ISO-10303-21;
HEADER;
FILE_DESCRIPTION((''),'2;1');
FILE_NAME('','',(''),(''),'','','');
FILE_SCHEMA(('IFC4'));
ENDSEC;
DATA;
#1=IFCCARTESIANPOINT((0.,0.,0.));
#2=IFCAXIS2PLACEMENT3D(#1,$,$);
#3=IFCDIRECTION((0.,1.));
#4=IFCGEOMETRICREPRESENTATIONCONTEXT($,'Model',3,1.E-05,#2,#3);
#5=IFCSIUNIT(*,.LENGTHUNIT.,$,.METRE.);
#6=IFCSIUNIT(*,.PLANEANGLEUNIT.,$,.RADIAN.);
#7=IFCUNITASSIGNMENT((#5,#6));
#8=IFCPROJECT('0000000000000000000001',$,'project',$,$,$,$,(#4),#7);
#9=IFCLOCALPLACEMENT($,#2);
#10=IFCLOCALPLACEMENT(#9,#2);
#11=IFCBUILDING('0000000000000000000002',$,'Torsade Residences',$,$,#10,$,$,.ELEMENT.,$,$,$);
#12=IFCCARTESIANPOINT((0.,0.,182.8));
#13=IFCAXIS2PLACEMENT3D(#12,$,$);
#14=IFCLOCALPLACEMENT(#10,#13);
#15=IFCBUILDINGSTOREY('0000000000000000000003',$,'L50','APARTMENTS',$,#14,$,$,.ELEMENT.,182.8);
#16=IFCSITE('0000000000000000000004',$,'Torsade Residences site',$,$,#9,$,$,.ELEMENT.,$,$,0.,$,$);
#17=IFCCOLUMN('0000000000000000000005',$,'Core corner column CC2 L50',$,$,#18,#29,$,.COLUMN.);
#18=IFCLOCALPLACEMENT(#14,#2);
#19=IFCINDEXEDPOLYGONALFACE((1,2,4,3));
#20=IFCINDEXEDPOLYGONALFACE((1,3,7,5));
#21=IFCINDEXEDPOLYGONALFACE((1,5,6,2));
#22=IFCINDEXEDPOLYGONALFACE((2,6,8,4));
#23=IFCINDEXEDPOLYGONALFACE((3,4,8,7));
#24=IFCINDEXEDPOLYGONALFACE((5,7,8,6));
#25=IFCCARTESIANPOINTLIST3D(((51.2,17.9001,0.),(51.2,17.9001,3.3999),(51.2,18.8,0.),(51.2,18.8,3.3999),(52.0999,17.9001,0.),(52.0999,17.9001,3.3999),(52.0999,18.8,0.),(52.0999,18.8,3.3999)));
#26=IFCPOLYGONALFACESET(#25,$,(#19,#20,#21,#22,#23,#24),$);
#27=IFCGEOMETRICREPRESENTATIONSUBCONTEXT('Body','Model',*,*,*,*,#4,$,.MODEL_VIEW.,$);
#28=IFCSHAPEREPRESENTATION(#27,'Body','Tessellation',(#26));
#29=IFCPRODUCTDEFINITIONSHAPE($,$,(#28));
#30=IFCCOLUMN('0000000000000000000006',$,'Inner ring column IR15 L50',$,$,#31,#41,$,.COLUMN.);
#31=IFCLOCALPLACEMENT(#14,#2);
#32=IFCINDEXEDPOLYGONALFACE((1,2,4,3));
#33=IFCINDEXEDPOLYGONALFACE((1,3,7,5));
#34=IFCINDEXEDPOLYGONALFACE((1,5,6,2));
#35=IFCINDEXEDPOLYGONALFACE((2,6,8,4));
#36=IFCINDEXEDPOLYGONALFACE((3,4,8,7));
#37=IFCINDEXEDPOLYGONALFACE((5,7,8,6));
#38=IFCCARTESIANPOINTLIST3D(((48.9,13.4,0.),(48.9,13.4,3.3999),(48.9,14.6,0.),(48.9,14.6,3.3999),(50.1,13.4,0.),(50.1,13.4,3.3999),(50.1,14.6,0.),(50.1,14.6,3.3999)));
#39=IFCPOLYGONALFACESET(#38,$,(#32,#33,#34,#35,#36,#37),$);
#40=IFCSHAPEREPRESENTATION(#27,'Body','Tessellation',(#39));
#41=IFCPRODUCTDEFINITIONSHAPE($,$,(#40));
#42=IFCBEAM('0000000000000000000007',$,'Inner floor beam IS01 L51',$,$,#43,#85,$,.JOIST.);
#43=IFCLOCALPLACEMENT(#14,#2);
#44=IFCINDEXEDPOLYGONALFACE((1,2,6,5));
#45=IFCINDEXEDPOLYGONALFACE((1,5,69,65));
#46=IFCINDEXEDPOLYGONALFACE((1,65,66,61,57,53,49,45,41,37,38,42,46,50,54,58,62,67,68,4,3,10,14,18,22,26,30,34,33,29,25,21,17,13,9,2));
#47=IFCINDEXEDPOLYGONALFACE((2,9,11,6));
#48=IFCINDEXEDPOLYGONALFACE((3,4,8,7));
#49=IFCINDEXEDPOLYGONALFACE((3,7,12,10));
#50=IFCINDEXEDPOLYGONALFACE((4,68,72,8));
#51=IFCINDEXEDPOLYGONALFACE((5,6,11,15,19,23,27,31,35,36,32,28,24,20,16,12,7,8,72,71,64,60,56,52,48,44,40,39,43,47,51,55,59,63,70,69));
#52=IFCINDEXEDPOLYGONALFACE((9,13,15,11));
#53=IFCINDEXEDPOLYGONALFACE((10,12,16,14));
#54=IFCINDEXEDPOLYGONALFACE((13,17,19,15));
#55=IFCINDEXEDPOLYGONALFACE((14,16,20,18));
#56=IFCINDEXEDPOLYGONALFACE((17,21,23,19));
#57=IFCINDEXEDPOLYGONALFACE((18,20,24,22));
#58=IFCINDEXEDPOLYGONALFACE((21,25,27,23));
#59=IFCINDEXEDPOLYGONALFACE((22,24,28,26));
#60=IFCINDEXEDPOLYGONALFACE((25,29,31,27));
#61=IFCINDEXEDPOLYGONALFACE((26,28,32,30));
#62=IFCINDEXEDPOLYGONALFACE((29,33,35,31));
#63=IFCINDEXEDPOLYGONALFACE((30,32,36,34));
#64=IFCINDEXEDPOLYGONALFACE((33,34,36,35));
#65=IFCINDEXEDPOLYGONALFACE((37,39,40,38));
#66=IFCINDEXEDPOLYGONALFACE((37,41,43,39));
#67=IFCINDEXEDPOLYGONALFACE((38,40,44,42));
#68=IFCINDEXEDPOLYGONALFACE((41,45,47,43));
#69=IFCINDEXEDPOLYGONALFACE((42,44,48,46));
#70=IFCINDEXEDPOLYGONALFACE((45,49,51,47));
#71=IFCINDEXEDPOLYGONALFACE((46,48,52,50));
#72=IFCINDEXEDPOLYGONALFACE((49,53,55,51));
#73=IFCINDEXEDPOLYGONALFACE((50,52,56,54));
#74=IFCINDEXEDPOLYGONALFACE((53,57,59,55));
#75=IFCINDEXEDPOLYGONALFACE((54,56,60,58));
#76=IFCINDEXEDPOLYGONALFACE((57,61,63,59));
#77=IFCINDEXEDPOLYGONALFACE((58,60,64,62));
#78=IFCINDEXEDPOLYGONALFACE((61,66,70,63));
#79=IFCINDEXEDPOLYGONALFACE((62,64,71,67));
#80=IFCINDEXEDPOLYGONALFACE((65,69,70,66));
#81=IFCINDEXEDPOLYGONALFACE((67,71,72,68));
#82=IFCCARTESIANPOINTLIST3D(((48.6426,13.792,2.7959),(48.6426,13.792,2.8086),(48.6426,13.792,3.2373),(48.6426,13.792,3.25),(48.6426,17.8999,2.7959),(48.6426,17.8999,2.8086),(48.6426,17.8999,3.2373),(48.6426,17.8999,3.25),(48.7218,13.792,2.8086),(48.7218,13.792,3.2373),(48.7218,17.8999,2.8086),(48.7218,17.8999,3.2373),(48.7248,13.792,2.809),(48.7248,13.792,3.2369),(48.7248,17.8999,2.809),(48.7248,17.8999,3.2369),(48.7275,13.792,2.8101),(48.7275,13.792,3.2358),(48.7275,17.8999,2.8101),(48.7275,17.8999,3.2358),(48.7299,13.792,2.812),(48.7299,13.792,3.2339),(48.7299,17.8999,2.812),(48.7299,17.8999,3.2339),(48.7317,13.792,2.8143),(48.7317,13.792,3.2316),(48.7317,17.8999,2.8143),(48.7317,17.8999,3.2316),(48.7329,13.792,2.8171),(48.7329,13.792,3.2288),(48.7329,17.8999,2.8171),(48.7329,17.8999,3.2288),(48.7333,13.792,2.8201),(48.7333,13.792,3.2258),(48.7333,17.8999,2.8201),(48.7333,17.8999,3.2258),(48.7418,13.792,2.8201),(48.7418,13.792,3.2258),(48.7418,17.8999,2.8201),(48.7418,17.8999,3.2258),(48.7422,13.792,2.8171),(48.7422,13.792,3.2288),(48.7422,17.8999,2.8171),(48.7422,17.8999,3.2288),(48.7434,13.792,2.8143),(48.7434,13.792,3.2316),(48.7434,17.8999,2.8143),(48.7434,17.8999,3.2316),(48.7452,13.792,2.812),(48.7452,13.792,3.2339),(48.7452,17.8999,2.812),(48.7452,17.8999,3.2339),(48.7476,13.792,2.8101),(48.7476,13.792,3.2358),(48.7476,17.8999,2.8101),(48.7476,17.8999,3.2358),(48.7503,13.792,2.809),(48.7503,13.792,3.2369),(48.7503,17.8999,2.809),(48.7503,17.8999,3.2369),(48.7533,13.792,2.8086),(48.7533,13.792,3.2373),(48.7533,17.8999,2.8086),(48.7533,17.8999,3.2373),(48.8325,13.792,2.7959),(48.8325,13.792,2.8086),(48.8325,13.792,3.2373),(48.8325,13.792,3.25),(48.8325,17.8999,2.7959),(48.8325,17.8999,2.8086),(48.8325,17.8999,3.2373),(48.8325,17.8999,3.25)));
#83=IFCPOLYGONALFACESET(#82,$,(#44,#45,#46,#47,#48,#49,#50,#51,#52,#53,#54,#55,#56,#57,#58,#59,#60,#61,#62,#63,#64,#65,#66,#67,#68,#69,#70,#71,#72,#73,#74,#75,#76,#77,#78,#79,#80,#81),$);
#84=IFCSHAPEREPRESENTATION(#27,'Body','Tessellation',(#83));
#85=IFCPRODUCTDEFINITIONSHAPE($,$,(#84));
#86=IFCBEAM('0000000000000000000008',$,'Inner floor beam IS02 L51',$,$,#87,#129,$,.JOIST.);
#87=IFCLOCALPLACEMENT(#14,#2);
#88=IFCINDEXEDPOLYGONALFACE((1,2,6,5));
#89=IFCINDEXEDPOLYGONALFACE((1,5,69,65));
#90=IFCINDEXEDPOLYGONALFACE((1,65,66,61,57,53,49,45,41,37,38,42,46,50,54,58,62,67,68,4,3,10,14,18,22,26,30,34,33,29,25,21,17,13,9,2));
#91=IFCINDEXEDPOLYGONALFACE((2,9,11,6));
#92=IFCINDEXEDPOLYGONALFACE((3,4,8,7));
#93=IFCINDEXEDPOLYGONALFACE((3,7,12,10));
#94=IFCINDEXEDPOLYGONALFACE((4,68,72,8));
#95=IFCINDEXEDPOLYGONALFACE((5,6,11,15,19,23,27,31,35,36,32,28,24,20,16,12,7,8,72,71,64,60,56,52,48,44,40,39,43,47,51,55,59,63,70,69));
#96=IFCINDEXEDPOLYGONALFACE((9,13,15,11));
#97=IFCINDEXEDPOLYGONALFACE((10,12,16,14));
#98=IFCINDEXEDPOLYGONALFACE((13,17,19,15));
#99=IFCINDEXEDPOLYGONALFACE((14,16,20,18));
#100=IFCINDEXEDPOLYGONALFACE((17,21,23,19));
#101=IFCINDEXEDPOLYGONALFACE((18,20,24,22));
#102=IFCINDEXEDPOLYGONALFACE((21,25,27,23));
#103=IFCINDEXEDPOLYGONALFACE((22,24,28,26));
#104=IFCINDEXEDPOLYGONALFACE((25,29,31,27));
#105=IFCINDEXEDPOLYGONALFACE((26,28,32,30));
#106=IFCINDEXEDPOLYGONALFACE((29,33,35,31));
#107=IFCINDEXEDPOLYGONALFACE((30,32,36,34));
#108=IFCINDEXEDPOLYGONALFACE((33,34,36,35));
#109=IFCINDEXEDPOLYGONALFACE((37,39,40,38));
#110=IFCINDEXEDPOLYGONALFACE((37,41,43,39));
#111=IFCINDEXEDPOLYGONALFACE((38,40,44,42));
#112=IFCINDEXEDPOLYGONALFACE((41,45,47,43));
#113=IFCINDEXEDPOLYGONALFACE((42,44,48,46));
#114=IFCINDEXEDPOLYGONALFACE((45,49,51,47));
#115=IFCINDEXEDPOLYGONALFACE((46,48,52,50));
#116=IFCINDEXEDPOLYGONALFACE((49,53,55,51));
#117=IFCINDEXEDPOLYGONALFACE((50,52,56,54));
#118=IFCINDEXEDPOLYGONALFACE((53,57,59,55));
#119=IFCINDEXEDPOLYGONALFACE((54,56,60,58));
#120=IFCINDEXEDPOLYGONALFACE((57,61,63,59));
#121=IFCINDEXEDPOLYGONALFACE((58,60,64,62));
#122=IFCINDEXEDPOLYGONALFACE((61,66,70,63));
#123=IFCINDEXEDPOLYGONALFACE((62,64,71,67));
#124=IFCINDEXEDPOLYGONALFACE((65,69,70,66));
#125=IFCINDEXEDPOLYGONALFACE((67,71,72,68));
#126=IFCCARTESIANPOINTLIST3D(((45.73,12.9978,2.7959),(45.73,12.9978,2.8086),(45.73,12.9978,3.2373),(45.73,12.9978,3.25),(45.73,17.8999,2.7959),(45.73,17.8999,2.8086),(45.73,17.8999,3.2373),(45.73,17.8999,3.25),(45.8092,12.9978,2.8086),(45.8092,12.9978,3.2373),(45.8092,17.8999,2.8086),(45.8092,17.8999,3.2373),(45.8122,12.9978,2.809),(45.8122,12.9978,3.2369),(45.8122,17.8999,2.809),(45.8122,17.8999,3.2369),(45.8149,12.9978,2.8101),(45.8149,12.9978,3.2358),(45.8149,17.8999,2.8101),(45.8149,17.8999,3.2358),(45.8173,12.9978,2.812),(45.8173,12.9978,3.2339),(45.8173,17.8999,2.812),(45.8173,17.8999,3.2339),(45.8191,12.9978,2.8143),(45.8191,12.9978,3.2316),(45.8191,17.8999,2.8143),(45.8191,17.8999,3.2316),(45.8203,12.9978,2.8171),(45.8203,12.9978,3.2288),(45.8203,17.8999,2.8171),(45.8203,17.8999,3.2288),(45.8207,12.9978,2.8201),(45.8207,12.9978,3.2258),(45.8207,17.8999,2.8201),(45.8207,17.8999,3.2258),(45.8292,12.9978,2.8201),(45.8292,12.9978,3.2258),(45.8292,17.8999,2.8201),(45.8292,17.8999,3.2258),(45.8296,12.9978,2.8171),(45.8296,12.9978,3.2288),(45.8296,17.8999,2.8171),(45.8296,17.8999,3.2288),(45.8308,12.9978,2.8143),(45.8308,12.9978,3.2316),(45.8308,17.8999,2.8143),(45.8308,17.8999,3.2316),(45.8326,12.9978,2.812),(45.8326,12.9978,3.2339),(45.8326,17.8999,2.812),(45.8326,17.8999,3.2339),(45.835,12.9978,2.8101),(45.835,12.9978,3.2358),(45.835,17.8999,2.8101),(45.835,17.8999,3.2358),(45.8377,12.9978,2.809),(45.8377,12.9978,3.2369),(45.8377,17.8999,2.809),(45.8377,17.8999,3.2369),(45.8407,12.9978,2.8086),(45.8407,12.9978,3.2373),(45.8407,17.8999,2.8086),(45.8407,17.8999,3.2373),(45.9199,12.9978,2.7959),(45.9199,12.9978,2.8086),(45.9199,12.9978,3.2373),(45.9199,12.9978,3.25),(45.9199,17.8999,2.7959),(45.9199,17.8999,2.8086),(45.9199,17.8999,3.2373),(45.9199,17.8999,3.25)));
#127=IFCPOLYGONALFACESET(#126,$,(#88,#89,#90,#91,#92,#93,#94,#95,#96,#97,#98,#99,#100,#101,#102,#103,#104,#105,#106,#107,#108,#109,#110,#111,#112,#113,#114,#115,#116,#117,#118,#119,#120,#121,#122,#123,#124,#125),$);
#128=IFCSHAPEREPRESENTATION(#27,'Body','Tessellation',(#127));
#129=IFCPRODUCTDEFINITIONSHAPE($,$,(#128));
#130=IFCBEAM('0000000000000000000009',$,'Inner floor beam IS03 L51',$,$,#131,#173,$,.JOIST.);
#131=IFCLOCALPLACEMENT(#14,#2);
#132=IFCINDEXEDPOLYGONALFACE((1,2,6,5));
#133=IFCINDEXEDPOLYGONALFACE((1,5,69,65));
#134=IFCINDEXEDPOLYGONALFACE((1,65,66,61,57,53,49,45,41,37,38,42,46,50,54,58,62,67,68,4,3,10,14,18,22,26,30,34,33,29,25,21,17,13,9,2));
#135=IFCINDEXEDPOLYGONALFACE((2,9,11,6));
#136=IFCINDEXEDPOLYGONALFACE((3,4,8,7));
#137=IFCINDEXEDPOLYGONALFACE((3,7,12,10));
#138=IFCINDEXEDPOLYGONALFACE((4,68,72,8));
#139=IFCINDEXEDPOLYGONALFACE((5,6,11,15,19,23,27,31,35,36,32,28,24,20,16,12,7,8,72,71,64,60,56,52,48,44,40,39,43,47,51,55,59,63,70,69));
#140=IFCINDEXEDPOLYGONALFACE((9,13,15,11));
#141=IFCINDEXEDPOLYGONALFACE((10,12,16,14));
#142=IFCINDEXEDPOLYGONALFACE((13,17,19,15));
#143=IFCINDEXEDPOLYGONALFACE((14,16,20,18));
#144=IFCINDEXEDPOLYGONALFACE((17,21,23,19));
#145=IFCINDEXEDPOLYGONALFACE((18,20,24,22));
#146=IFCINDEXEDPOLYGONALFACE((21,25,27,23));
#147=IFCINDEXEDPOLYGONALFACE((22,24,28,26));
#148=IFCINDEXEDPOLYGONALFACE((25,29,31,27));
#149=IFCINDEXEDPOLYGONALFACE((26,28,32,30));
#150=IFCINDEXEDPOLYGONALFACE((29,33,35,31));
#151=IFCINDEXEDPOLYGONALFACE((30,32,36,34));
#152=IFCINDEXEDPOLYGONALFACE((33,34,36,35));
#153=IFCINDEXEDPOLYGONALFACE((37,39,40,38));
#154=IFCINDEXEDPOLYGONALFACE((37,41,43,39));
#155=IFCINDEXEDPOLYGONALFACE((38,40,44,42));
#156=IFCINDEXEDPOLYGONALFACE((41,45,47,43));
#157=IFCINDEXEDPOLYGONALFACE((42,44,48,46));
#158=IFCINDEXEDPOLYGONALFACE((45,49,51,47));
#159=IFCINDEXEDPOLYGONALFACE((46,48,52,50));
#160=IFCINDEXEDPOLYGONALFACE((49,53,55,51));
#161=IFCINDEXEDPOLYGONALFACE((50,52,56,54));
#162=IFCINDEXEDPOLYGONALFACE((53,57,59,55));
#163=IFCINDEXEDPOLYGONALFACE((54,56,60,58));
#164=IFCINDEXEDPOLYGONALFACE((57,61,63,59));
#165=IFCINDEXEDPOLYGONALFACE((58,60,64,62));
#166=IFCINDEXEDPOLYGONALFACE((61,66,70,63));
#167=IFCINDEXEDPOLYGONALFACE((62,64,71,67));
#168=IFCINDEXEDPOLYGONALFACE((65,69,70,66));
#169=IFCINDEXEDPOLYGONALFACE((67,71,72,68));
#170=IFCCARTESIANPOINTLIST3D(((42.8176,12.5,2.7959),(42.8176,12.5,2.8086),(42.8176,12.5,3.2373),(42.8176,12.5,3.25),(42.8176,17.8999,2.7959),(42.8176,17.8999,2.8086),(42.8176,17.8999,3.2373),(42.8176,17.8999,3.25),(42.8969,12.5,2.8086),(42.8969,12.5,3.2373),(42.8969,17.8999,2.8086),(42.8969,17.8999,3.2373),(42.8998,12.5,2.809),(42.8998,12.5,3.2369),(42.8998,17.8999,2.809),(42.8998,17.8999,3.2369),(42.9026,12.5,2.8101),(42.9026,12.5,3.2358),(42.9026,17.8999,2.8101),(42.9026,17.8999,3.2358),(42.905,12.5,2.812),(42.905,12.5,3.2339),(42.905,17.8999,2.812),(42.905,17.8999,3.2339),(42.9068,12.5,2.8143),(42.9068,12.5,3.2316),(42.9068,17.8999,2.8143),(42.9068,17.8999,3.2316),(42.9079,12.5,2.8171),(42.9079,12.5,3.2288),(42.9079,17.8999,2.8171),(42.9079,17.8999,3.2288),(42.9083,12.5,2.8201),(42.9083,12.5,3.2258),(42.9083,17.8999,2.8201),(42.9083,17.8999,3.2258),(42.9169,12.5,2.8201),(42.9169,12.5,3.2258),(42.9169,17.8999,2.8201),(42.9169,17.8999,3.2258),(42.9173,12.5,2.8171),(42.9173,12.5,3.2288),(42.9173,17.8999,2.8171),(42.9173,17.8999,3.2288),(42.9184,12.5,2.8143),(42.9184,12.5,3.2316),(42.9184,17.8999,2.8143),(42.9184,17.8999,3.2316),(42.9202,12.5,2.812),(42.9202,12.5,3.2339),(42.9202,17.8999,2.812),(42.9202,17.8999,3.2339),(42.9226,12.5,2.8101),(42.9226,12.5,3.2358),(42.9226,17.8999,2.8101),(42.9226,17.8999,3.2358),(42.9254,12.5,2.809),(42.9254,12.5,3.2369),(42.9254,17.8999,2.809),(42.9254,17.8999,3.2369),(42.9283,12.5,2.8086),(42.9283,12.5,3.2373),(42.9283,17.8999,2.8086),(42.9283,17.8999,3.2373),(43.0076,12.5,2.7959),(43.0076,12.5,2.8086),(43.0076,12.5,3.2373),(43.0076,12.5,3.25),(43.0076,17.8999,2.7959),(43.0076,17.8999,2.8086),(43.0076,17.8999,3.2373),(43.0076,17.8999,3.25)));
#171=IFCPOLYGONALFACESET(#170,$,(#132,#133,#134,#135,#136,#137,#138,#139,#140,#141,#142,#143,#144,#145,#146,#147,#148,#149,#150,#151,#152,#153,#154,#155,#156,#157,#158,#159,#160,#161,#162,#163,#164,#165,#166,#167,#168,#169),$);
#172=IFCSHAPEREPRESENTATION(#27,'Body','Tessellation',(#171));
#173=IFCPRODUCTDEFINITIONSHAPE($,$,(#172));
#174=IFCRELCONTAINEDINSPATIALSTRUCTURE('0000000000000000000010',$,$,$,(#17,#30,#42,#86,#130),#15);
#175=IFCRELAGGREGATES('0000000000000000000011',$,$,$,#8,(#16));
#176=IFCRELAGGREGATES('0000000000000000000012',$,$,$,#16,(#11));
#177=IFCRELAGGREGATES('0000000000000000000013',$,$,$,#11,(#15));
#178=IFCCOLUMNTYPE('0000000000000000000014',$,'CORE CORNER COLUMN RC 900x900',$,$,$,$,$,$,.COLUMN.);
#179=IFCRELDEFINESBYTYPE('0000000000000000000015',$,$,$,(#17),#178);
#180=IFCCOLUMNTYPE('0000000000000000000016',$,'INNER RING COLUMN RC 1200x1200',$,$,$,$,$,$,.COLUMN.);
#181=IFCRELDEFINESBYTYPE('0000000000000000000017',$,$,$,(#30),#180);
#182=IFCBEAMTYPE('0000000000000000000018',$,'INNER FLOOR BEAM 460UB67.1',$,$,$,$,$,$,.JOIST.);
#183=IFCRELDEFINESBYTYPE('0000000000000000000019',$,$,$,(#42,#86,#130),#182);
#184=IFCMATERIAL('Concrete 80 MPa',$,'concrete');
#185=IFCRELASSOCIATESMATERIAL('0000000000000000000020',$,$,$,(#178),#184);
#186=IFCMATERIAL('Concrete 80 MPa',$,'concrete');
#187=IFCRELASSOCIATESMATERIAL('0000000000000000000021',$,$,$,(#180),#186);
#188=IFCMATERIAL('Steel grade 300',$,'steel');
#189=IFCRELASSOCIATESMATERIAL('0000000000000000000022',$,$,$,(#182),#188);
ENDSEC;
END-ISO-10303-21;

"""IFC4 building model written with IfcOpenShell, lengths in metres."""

from ifc_helpers import new_model, si_unit, direction, frame, origin, origin_2d, place, context, subcontext, project, spatial, rectangle, i_section, extrude, material, material_profile, profile_set, type_object, element, save


model = new_model("IFC4")

# Units and contexts
model_context = context("Model", 3, precision=1e-05, world=origin(), true_north=direction((0.0, 1.0)))
body_context = subcontext(model_context, "Body", "Model", "MODEL_VIEW")
ifc_project = project(units=[si_unit("LENGTHUNIT", "METRE"), si_unit("PLANEANGLEUNIT", "RADIAN")], contexts=[model_context])

# Site, building, storey
site_placement = place(None, origin())
site = spatial("IfcSite", under=ifc_project, at=site_placement, Name="Torsade Residences site", CompositionType="ELEMENT", RefElevation=0.0)
building_placement = place(site_placement, origin())
building = spatial("IfcBuilding", under=site, at=building_placement, Name="Torsade Residences", CompositionType="ELEMENT")
storey_placement = place(building_placement, frame((0.0, 0.0, 182.8)))
storey = spatial("IfcBuildingStorey", under=building, at=storey_placement, Name="L50", Description="APARTMENTS", CompositionType="ELEMENT", Elevation=182.8)

# Columns
ifc_material_1 = material(Name="Concrete 80 MPa", Category="concrete")
ifc_material_profile_1 = material_profile(ifc_material_1, rectangle(XDim=0.8999, YDim=0.8999, at=origin_2d()), Name="RC 900x900")
ifc_profile_set_1 = profile_set([ifc_material_profile_1], Name="Concrete 80 MPa")
column_type_1 = type_object("IfcColumnType", Name="CORE CORNER COLUMN RC 900x900", PredefinedType="COLUMN", material=ifc_profile_set_1)
column_1_placement = place(storey_placement, frame((51.6499, 18.3501, 0.0), z_axis=(0.0, 0.0, 1.0), x_axis=(1.0, 0.0, 0.0)))
element("IfcColumn", 1, at=column_1_placement, inside=storey, type_object=column_type_1, Name="Core corner column CC2 L50", PredefinedType="COLUMN", context=body_context, shape_type="SweptSolid", body=[
    extrude(rectangle(XDim=0.8999, YDim=0.8999, at=origin_2d()), origin(), (0.0, 0.0, 1.0), 3.3999),
])
ifc_material_2 = material(Name="Concrete 80 MPa", Category="concrete")
ifc_material_profile_2 = material_profile(ifc_material_2, rectangle(XDim=1.2, YDim=1.2, at=origin_2d()), Name="RC 1200x1200")
ifc_profile_set_2 = profile_set([ifc_material_profile_2], Name="Concrete 80 MPa")
column_type_2 = type_object("IfcColumnType", Name="INNER RING COLUMN RC 1200x1200", PredefinedType="COLUMN", material=ifc_profile_set_2)
column_2_placement = place(storey_placement, frame((49.5, 14.0, 0.0), z_axis=(0.0, 0.0, 1.0), x_axis=(1.0, 0.0, 0.0)))
element("IfcColumn", 2, at=column_2_placement, inside=storey, type_object=column_type_2, Name="Inner ring column IR15 L50", PredefinedType="COLUMN", context=body_context, shape_type="SweptSolid", body=[
    extrude(rectangle(XDim=1.2, YDim=1.2, at=origin_2d()), origin(), (0.0, 0.0, 1.0), 3.3999),
])

# Beams
ifc_material_3 = material(Name="Steel grade 300", Category="steel")
ifc_material_profile_3 = material_profile(ifc_material_3, i_section(OverallWidth=0.1899, OverallDepth=0.4541, WebThickness=0.0085, FlangeThickness=0.0127, FilletRadius=0.0115, at=origin_2d()), Name="460UB67.1")
ifc_profile_set_3 = profile_set([ifc_material_profile_3], Name="Steel grade 300")
beam_type_1 = type_object("IfcBeamType", Name="INNER FLOOR BEAM 460UB67.1", PredefinedType="JOIST", material=ifc_profile_set_3)
beam_1_placement = place(storey_placement, frame((48.7375, 17.8999, 3.0229), z_axis=(0.0, -1.0, 0.0), x_axis=(1.0, 0.0, 0.0)))
element("IfcBeam", 3, at=beam_1_placement, inside=storey, type_object=beam_type_1, Name="Inner floor beam IS01 L51", PredefinedType="JOIST", context=body_context, shape_type="SweptSolid", body=[
    extrude(i_section(OverallWidth=0.1899, OverallDepth=0.4541, WebThickness=0.0085, FlangeThickness=0.0127, FilletRadius=0.0115, at=origin_2d()), origin(), (0.0, 0.0, 1.0), 4.1079),
])
beam_2_placement = place(storey_placement, frame((45.825, 17.8999, 3.0229), z_axis=(0.0, -1.0, 0.0), x_axis=(1.0, 0.0, 0.0)))
element("IfcBeam", 4, at=beam_2_placement, inside=storey, type_object=beam_type_1, Name="Inner floor beam IS02 L51", PredefinedType="JOIST", context=body_context, shape_type="SweptSolid", body=[
    extrude(i_section(OverallWidth=0.1899, OverallDepth=0.4541, WebThickness=0.0085, FlangeThickness=0.0127, FilletRadius=0.0115, at=origin_2d()), origin(), (0.0, 0.0, 1.0), 4.9021),
])
for number, where, z_axis, x_axis, name in (
    (5, (42.9126, 17.8999, 3.0229), (0.0, -1.0, 0.0), (1.0, 0.0, 0.0), "Inner floor beam IS03 L51"),
):
    element("IfcBeam", number, at=place(storey_placement, frame(where, z_axis=z_axis, x_axis=x_axis)), inside=storey, type_object=beam_type_1, Name=name, PredefinedType="JOIST", context=body_context, shape_type="SweptSolid", body=[
        extrude(i_section(OverallWidth=0.1899, OverallDepth=0.4541, WebThickness=0.0085, FlangeThickness=0.0127, FilletRadius=0.0115, at=origin_2d()), origin(), (0.0, 0.0, 1.0), 5.3999),
    ])

save(model, "model.ifc")
